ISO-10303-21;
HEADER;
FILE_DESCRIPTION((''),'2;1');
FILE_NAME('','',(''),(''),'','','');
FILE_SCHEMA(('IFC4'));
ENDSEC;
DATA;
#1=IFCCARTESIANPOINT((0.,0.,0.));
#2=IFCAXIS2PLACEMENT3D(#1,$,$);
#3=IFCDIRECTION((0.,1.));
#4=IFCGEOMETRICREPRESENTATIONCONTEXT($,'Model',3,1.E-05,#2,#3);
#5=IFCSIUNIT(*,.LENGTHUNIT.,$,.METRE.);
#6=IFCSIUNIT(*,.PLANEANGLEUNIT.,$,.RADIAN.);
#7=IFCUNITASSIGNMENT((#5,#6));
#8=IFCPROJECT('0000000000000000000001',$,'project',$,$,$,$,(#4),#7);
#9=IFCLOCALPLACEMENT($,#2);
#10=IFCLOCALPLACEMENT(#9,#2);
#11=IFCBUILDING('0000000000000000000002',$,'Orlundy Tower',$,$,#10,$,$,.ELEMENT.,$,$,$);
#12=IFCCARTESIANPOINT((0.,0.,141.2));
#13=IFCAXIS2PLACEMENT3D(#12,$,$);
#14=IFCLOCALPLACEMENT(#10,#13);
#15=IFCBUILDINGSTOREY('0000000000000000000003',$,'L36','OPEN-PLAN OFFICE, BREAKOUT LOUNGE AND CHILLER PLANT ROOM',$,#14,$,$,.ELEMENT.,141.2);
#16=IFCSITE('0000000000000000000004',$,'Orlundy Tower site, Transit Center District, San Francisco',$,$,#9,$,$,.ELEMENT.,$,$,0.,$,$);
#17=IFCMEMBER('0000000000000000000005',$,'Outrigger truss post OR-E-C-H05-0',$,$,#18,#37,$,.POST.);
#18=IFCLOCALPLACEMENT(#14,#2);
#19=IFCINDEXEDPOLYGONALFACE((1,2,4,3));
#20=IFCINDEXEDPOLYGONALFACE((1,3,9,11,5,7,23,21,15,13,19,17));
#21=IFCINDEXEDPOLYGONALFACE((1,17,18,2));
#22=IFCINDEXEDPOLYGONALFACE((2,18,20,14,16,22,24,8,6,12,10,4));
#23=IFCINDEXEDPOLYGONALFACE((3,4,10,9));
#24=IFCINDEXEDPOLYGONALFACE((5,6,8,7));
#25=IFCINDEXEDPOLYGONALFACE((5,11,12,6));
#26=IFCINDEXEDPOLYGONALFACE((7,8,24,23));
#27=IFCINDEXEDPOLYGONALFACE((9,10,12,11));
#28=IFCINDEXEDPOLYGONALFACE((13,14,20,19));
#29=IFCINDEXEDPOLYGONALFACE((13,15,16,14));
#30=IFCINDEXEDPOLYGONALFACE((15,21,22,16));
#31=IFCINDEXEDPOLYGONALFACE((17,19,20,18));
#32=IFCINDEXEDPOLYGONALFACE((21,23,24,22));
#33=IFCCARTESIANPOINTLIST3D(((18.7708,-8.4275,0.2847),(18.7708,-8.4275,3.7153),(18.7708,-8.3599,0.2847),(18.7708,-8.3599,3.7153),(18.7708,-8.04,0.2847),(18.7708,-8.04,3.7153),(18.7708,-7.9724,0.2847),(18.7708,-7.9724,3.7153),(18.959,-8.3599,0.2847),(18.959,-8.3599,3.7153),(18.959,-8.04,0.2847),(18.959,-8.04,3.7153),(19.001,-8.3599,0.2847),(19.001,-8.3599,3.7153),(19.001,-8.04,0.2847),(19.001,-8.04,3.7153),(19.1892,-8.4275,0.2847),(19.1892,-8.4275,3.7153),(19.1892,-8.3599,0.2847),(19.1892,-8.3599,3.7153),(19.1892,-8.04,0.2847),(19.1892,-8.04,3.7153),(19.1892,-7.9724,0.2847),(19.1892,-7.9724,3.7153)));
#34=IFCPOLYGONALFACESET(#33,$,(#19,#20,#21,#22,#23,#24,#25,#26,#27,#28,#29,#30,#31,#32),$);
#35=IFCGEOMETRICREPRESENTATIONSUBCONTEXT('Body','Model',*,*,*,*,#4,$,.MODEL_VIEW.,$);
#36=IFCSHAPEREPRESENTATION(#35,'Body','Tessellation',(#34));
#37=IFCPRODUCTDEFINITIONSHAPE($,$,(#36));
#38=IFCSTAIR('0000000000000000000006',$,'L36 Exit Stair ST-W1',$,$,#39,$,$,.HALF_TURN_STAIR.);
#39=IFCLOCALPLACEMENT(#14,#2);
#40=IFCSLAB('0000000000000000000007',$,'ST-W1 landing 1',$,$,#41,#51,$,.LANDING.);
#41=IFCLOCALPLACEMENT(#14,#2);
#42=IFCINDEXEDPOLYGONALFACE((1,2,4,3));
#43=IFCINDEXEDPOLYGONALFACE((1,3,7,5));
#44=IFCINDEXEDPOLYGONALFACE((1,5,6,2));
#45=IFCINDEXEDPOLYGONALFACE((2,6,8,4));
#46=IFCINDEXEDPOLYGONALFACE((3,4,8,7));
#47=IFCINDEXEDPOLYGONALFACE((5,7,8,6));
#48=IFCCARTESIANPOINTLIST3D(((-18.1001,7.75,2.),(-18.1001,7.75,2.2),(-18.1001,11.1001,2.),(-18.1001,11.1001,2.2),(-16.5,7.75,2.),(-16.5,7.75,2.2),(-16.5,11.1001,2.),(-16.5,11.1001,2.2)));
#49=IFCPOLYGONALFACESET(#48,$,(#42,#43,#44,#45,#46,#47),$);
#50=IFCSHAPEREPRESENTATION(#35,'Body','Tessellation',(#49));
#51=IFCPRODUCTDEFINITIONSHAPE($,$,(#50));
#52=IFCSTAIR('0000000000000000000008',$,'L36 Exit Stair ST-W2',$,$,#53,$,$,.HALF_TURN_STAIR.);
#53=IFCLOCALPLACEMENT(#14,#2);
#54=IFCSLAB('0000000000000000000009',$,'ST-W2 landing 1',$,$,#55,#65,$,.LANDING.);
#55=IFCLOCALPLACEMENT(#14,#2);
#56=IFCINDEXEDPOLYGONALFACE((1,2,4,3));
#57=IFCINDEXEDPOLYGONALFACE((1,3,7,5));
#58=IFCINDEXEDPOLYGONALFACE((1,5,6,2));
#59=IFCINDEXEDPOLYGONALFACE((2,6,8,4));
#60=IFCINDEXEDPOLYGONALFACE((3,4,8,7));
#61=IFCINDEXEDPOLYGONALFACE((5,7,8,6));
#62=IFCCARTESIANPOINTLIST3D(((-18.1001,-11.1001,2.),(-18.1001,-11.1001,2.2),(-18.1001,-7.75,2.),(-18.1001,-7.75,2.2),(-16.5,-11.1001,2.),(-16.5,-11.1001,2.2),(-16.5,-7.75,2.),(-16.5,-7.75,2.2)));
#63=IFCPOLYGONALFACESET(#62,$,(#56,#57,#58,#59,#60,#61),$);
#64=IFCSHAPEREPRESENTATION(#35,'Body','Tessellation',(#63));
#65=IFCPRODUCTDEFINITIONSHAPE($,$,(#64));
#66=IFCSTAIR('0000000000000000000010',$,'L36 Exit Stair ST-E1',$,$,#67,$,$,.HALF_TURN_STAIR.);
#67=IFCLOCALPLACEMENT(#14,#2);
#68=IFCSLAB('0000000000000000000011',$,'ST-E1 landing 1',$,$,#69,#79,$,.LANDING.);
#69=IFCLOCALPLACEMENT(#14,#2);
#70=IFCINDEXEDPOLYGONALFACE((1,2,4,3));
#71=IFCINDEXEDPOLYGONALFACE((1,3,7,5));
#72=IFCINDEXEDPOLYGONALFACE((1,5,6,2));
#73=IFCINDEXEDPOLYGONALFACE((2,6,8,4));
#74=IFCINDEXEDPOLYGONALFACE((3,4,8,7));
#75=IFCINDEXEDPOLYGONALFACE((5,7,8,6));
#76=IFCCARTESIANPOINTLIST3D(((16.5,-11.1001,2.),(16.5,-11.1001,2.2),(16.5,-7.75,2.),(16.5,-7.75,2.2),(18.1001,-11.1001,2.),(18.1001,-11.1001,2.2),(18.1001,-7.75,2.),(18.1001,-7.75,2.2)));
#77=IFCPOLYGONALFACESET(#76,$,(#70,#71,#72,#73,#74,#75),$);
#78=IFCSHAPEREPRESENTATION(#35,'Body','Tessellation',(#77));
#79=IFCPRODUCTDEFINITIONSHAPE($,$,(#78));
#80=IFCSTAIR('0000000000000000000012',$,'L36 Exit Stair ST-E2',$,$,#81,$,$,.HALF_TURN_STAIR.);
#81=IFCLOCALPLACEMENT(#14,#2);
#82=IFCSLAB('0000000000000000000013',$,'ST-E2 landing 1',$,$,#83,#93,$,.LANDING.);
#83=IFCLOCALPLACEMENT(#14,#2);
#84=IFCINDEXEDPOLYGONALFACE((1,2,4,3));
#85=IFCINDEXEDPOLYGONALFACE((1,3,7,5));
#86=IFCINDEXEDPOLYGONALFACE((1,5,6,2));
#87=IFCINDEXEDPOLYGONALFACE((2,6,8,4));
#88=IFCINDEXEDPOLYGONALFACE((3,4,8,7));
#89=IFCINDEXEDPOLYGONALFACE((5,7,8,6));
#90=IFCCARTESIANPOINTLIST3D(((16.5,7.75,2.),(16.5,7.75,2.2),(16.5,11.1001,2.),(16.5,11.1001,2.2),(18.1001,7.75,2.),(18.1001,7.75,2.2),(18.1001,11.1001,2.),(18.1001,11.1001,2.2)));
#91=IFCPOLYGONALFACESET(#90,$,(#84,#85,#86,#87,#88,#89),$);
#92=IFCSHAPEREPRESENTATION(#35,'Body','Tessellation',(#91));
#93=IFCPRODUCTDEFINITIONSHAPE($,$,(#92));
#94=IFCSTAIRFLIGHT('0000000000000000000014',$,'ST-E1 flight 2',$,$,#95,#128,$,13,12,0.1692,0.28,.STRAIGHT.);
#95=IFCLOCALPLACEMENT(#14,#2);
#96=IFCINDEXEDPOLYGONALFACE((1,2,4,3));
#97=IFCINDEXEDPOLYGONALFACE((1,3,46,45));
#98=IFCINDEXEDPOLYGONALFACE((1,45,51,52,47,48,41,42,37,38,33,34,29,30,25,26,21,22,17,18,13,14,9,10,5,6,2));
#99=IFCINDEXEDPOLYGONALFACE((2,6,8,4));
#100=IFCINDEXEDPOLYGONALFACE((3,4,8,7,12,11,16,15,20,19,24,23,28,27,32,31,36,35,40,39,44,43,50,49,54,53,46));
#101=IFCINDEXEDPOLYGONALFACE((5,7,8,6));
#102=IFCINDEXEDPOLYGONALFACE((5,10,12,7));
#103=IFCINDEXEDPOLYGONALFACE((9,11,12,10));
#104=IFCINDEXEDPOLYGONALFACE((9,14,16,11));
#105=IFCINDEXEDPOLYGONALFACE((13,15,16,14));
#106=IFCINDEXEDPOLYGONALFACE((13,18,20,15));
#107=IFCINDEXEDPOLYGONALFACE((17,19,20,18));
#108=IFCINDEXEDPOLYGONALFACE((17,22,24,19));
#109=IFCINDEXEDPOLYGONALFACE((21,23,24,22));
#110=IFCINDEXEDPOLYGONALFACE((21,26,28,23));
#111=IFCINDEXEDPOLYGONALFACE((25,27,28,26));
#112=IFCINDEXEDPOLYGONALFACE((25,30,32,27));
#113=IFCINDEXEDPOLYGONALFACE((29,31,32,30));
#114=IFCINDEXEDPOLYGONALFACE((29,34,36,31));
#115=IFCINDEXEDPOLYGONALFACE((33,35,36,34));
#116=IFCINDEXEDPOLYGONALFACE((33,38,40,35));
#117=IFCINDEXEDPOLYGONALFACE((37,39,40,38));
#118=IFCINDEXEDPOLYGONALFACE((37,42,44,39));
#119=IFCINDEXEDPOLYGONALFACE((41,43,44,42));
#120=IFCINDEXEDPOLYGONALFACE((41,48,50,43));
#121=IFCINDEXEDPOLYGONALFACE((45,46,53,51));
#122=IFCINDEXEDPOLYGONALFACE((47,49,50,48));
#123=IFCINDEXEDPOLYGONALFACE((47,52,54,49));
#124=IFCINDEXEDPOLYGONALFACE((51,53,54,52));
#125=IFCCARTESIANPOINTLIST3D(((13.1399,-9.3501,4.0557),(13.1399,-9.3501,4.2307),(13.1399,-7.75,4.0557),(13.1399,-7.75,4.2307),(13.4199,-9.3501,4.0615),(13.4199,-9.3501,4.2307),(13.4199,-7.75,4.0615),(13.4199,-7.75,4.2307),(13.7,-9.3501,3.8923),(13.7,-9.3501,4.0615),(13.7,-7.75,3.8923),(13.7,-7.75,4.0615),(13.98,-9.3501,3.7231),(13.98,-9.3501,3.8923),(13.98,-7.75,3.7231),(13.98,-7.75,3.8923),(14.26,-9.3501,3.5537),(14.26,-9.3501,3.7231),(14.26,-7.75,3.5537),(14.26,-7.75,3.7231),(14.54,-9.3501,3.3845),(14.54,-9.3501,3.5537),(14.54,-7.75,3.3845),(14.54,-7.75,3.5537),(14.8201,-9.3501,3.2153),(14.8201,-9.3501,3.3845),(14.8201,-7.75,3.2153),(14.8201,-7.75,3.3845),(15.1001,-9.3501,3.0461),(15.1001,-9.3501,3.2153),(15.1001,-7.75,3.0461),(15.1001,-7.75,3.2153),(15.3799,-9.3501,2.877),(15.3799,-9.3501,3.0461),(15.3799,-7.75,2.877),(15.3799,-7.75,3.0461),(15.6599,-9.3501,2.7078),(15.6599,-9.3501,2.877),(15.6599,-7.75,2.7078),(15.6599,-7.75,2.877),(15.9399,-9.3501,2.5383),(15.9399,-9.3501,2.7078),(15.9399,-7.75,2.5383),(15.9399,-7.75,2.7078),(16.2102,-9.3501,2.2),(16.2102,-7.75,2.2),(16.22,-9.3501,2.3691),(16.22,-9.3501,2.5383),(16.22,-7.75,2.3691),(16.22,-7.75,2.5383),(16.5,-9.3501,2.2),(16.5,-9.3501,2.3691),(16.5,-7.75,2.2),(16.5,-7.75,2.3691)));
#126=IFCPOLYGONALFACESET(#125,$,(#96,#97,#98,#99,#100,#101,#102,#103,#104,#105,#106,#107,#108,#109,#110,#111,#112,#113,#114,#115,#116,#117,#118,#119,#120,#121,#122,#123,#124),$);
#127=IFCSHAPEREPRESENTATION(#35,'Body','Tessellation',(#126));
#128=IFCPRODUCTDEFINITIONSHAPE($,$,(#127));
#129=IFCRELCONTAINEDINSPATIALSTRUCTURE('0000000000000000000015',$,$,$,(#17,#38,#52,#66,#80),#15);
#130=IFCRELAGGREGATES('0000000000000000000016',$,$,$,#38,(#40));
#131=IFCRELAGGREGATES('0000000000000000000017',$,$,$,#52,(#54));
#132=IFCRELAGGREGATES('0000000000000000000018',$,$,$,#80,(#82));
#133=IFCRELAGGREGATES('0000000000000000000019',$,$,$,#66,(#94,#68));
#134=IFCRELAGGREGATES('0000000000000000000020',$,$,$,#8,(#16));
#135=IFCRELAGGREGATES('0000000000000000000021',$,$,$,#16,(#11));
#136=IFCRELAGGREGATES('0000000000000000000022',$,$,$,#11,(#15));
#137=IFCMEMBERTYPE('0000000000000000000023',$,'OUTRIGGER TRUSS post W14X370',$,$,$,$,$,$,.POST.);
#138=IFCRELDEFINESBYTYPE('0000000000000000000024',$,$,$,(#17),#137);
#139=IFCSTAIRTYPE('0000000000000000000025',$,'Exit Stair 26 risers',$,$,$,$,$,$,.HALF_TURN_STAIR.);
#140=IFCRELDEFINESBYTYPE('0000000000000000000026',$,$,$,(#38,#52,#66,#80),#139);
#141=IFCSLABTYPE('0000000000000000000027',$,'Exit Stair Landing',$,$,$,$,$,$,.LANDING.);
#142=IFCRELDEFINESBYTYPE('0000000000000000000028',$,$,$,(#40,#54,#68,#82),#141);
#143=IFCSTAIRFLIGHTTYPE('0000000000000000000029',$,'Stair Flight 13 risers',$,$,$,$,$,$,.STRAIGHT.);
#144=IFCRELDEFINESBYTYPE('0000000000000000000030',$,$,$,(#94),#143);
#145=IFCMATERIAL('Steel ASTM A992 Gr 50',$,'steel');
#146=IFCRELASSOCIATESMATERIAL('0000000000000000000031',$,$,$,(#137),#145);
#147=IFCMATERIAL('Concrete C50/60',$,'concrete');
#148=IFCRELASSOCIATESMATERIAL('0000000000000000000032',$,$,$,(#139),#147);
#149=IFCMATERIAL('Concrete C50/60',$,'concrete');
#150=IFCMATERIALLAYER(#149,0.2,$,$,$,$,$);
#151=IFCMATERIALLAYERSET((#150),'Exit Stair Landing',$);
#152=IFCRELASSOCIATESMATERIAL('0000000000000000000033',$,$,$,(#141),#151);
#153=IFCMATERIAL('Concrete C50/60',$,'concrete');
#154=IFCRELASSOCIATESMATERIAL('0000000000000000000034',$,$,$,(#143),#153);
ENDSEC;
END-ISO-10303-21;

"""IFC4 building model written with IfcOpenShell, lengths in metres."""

from ifc_helpers import new_model, si_unit, direction, frame, origin, origin_2d, place, context, subcontext, project, spatial, polyline, i_section, outline, extrude, material, layer, layer_set, material_profile, profile_set, type_object, element, aggregate, save


model = new_model("IFC4")

# Units and contexts
model_context = context("Model", 3, precision=1e-05, world=origin(), true_north=direction((0.0, 1.0)))
body_context = subcontext(model_context, "Body", "Model", "MODEL_VIEW")
ifc_project = project(units=[si_unit("LENGTHUNIT", "METRE"), si_unit("PLANEANGLEUNIT", "RADIAN")], contexts=[model_context])

# Site, building, storey
site_placement = place(None, origin())
site = spatial("IfcSite", under=ifc_project, at=site_placement, Name="Orlundy Tower site, Transit Center District, San Francisco", CompositionType="ELEMENT", RefElevation=0.0)
building_placement = place(site_placement, origin())
building = spatial("IfcBuilding", under=site, at=building_placement, Name="Orlundy Tower", CompositionType="ELEMENT")
storey_placement = place(building_placement, frame((0.0, 0.0, 141.2)))
storey = spatial("IfcBuildingStorey", under=building, at=storey_placement, Name="L36", Description="OPEN-PLAN OFFICE, BREAKOUT LOUNGE AND CHILLER PLANT ROOM", CompositionType="ELEMENT", Elevation=141.2)

# Member
ifc_material_1 = material(Name="Steel ASTM A992 Gr 50", Category="steel")
ifc_material_profile_1 = material_profile(ifc_material_1, i_section(OverallWidth=0.4185, OverallDepth=0.4551, WebThickness=0.042, FlangeThickness=0.0676, at=origin_2d()), Name="W14X370")
ifc_profile_set_1 = profile_set([ifc_material_profile_1], Name="Steel ASTM A992 Gr 50")
member_type_1 = type_object("IfcMemberType", Name="OUTRIGGER TRUSS post W14X370", PredefinedType="POST", material=ifc_profile_set_1)
for number, where, z_axis, x_axis, name in (
    (1, (18.98, -8.2, 0.2847), (0.0, 0.0, 1.0), (1.0, 0.0, 0.0), "Outrigger truss post OR-E-C-H05-0"),
):
    element("IfcMember", number, at=place(storey_placement, frame(where, z_axis=z_axis, x_axis=x_axis)), inside=storey, type_object=member_type_1, Name=name, PredefinedType="POST", context=body_context, shape_type="SweptSolid", body=[
        extrude(i_section(OverallWidth=0.4185, OverallDepth=0.4551, WebThickness=0.042, FlangeThickness=0.0676, at=origin_2d()), origin(), (0.0, 0.0, 1.0), 3.4307),
    ])

# Stairs, slabs
ifc_material_2 = material(Name="Concrete C50/60", Category="concrete")
stair_type = type_object("IfcStairType", Name="Exit Stair 26 risers", PredefinedType="HALF_TURN_STAIR", material=ifc_material_2)
stair_1_placement = place(storey_placement, origin())
stair_1 = element("IfcStair", 2, at=stair_1_placement, inside=storey, type_object=stair_type, Name="L36 Exit Stair ST-W1", PredefinedType="HALF_TURN_STAIR")
ifc_material_3 = material(Name="Concrete C50/60", Category="concrete")
ifc_layer = layer(ifc_material_3, 0.2)
ifc_layer_set = layer_set([ifc_layer], Name="Exit Stair Landing")
slab_type = type_object("IfcSlabType", Name="Exit Stair Landing", PredefinedType="LANDING", material=ifc_layer_set)
slab_1_placement = place(storey_placement, frame((0.0, 0.0, 2.0)))
slab_1 = element("IfcSlab", 3, at=slab_1_placement, type_object=slab_type, Name="ST-W1 landing 1", PredefinedType="LANDING", context=body_context, shape_type="SweptSolid", body=[
    extrude(outline(polyline([(-16.5, 11.1001), (-18.1001, 11.1001), (-18.1001, 7.75), (-16.5, 7.75), (-16.5, 11.1001)])), origin(), (0.0, 0.0, 1.0), 0.2),
])
aggregate(stair_1, [slab_1])
stair_2_placement = place(storey_placement, origin())
stair_2 = element("IfcStair", 4, at=stair_2_placement, inside=storey, type_object=stair_type, Name="L36 Exit Stair ST-W2", PredefinedType="HALF_TURN_STAIR")
slab_2_placement = place(storey_placement, frame((0.0, 0.0, 2.0)))
slab_2 = element("IfcSlab", 5, at=slab_2_placement, type_object=slab_type, Name="ST-W2 landing 1", PredefinedType="LANDING", context=body_context, shape_type="SweptSolid", body=[
    extrude(outline(polyline([(-16.5, -7.75), (-18.1001, -7.75), (-18.1001, -11.1001), (-16.5, -11.1001), (-16.5, -7.75)])), origin(), (0.0, 0.0, 1.0), 0.2),
])
aggregate(stair_2, [slab_2])
stair_3_placement = place(storey_placement, origin())
stair_3 = element("IfcStair", 6, at=stair_3_placement, inside=storey, type_object=stair_type, Name="L36 Exit Stair ST-E1", PredefinedType="HALF_TURN_STAIR")
slab_3_placement = place(storey_placement, frame((0.0, 0.0, 2.0)))
slab_3 = element("IfcSlab", 7, at=slab_3_placement, type_object=slab_type, Name="ST-E1 landing 1", PredefinedType="LANDING", context=body_context, shape_type="SweptSolid", body=[
    extrude(outline(polyline([(16.5, -11.1001), (18.1001, -11.1001), (18.1001, -7.75), (16.5, -7.75), (16.5, -11.1001)])), origin(), (0.0, 0.0, 1.0), 0.2),
])
stair_4_placement = place(storey_placement, origin())
stair_4 = element("IfcStair", 8, at=stair_4_placement, inside=storey, type_object=stair_type, Name="L36 Exit Stair ST-E2", PredefinedType="HALF_TURN_STAIR")
slab_4_placement = place(storey_placement, frame((0.0, 0.0, 2.0)))
slab_4 = element("IfcSlab", 9, at=slab_4_placement, type_object=slab_type, Name="ST-E2 landing 1", PredefinedType="LANDING", context=body_context, shape_type="SweptSolid", body=[
    extrude(outline(polyline([(16.5, 7.75), (18.1001, 7.75), (18.1001, 11.1001), (16.5, 11.1001), (16.5, 7.75)])), origin(), (0.0, 0.0, 1.0), 0.2),
])
aggregate(stair_4, [slab_4])

# Stair flight
ifc_material_4 = material(Name="Concrete C50/60", Category="concrete")
stair_flight_type = type_object("IfcStairFlightType", Name="Stair Flight 13 risers", PredefinedType="STRAIGHT", material=ifc_material_4)
stair_flight_placement = place(storey_placement, frame((16.5, -8.55, 2.2), z_axis=(0.0, 0.0, 1.0), x_axis=(-1.0, 0.0, 0.0)))
stair_flight = element("IfcStairFlight", 10, at=stair_flight_placement, type_object=stair_flight_type, Name="ST-E1 flight 2", NumberOfRisers=13, NumberOfTreads=12, PredefinedType="STRAIGHT", RiserHeight=0.1692, TreadLength=0.28, context=body_context, shape_type="SweptSolid", body=[
    extrude(outline(polyline([(0.0, 0.0), (0.0, 0.1692), (0.28, 0.1692), (0.28, 0.3384), (0.5601, 0.3384), (0.5601, 0.5078), (0.8401, 0.5078), (0.8401, 0.677), (1.1201, 0.677), (1.1201, 0.8462), (1.3999, 0.8462), (1.3999, 1.0154), (1.6799, 1.0154), (1.6799, 1.1846), (1.96, 1.1846), (1.96, 1.3538), (2.24, 1.3538), (2.24, 1.5232), (2.52, 1.5232), (2.52, 1.6924), (2.8, 1.6924), (2.8, 1.8616), (3.0801, 1.8616), (3.0801, 2.0308), (3.3601, 2.0308), (3.3601, 2.2), (3.3601, 1.8557), (0.2898, 0.0), (0.0, 0.0)])), frame((0.0, 0.8, 0.0), z_axis=(0.0, -1.0, 0.0), x_axis=(1.0, 0.0, 0.0)), (0.0, 0.0, 1.0), 1.6001),
])
aggregate(stair_3, [stair_flight, slab_3])

save(model, "model.ifc")
